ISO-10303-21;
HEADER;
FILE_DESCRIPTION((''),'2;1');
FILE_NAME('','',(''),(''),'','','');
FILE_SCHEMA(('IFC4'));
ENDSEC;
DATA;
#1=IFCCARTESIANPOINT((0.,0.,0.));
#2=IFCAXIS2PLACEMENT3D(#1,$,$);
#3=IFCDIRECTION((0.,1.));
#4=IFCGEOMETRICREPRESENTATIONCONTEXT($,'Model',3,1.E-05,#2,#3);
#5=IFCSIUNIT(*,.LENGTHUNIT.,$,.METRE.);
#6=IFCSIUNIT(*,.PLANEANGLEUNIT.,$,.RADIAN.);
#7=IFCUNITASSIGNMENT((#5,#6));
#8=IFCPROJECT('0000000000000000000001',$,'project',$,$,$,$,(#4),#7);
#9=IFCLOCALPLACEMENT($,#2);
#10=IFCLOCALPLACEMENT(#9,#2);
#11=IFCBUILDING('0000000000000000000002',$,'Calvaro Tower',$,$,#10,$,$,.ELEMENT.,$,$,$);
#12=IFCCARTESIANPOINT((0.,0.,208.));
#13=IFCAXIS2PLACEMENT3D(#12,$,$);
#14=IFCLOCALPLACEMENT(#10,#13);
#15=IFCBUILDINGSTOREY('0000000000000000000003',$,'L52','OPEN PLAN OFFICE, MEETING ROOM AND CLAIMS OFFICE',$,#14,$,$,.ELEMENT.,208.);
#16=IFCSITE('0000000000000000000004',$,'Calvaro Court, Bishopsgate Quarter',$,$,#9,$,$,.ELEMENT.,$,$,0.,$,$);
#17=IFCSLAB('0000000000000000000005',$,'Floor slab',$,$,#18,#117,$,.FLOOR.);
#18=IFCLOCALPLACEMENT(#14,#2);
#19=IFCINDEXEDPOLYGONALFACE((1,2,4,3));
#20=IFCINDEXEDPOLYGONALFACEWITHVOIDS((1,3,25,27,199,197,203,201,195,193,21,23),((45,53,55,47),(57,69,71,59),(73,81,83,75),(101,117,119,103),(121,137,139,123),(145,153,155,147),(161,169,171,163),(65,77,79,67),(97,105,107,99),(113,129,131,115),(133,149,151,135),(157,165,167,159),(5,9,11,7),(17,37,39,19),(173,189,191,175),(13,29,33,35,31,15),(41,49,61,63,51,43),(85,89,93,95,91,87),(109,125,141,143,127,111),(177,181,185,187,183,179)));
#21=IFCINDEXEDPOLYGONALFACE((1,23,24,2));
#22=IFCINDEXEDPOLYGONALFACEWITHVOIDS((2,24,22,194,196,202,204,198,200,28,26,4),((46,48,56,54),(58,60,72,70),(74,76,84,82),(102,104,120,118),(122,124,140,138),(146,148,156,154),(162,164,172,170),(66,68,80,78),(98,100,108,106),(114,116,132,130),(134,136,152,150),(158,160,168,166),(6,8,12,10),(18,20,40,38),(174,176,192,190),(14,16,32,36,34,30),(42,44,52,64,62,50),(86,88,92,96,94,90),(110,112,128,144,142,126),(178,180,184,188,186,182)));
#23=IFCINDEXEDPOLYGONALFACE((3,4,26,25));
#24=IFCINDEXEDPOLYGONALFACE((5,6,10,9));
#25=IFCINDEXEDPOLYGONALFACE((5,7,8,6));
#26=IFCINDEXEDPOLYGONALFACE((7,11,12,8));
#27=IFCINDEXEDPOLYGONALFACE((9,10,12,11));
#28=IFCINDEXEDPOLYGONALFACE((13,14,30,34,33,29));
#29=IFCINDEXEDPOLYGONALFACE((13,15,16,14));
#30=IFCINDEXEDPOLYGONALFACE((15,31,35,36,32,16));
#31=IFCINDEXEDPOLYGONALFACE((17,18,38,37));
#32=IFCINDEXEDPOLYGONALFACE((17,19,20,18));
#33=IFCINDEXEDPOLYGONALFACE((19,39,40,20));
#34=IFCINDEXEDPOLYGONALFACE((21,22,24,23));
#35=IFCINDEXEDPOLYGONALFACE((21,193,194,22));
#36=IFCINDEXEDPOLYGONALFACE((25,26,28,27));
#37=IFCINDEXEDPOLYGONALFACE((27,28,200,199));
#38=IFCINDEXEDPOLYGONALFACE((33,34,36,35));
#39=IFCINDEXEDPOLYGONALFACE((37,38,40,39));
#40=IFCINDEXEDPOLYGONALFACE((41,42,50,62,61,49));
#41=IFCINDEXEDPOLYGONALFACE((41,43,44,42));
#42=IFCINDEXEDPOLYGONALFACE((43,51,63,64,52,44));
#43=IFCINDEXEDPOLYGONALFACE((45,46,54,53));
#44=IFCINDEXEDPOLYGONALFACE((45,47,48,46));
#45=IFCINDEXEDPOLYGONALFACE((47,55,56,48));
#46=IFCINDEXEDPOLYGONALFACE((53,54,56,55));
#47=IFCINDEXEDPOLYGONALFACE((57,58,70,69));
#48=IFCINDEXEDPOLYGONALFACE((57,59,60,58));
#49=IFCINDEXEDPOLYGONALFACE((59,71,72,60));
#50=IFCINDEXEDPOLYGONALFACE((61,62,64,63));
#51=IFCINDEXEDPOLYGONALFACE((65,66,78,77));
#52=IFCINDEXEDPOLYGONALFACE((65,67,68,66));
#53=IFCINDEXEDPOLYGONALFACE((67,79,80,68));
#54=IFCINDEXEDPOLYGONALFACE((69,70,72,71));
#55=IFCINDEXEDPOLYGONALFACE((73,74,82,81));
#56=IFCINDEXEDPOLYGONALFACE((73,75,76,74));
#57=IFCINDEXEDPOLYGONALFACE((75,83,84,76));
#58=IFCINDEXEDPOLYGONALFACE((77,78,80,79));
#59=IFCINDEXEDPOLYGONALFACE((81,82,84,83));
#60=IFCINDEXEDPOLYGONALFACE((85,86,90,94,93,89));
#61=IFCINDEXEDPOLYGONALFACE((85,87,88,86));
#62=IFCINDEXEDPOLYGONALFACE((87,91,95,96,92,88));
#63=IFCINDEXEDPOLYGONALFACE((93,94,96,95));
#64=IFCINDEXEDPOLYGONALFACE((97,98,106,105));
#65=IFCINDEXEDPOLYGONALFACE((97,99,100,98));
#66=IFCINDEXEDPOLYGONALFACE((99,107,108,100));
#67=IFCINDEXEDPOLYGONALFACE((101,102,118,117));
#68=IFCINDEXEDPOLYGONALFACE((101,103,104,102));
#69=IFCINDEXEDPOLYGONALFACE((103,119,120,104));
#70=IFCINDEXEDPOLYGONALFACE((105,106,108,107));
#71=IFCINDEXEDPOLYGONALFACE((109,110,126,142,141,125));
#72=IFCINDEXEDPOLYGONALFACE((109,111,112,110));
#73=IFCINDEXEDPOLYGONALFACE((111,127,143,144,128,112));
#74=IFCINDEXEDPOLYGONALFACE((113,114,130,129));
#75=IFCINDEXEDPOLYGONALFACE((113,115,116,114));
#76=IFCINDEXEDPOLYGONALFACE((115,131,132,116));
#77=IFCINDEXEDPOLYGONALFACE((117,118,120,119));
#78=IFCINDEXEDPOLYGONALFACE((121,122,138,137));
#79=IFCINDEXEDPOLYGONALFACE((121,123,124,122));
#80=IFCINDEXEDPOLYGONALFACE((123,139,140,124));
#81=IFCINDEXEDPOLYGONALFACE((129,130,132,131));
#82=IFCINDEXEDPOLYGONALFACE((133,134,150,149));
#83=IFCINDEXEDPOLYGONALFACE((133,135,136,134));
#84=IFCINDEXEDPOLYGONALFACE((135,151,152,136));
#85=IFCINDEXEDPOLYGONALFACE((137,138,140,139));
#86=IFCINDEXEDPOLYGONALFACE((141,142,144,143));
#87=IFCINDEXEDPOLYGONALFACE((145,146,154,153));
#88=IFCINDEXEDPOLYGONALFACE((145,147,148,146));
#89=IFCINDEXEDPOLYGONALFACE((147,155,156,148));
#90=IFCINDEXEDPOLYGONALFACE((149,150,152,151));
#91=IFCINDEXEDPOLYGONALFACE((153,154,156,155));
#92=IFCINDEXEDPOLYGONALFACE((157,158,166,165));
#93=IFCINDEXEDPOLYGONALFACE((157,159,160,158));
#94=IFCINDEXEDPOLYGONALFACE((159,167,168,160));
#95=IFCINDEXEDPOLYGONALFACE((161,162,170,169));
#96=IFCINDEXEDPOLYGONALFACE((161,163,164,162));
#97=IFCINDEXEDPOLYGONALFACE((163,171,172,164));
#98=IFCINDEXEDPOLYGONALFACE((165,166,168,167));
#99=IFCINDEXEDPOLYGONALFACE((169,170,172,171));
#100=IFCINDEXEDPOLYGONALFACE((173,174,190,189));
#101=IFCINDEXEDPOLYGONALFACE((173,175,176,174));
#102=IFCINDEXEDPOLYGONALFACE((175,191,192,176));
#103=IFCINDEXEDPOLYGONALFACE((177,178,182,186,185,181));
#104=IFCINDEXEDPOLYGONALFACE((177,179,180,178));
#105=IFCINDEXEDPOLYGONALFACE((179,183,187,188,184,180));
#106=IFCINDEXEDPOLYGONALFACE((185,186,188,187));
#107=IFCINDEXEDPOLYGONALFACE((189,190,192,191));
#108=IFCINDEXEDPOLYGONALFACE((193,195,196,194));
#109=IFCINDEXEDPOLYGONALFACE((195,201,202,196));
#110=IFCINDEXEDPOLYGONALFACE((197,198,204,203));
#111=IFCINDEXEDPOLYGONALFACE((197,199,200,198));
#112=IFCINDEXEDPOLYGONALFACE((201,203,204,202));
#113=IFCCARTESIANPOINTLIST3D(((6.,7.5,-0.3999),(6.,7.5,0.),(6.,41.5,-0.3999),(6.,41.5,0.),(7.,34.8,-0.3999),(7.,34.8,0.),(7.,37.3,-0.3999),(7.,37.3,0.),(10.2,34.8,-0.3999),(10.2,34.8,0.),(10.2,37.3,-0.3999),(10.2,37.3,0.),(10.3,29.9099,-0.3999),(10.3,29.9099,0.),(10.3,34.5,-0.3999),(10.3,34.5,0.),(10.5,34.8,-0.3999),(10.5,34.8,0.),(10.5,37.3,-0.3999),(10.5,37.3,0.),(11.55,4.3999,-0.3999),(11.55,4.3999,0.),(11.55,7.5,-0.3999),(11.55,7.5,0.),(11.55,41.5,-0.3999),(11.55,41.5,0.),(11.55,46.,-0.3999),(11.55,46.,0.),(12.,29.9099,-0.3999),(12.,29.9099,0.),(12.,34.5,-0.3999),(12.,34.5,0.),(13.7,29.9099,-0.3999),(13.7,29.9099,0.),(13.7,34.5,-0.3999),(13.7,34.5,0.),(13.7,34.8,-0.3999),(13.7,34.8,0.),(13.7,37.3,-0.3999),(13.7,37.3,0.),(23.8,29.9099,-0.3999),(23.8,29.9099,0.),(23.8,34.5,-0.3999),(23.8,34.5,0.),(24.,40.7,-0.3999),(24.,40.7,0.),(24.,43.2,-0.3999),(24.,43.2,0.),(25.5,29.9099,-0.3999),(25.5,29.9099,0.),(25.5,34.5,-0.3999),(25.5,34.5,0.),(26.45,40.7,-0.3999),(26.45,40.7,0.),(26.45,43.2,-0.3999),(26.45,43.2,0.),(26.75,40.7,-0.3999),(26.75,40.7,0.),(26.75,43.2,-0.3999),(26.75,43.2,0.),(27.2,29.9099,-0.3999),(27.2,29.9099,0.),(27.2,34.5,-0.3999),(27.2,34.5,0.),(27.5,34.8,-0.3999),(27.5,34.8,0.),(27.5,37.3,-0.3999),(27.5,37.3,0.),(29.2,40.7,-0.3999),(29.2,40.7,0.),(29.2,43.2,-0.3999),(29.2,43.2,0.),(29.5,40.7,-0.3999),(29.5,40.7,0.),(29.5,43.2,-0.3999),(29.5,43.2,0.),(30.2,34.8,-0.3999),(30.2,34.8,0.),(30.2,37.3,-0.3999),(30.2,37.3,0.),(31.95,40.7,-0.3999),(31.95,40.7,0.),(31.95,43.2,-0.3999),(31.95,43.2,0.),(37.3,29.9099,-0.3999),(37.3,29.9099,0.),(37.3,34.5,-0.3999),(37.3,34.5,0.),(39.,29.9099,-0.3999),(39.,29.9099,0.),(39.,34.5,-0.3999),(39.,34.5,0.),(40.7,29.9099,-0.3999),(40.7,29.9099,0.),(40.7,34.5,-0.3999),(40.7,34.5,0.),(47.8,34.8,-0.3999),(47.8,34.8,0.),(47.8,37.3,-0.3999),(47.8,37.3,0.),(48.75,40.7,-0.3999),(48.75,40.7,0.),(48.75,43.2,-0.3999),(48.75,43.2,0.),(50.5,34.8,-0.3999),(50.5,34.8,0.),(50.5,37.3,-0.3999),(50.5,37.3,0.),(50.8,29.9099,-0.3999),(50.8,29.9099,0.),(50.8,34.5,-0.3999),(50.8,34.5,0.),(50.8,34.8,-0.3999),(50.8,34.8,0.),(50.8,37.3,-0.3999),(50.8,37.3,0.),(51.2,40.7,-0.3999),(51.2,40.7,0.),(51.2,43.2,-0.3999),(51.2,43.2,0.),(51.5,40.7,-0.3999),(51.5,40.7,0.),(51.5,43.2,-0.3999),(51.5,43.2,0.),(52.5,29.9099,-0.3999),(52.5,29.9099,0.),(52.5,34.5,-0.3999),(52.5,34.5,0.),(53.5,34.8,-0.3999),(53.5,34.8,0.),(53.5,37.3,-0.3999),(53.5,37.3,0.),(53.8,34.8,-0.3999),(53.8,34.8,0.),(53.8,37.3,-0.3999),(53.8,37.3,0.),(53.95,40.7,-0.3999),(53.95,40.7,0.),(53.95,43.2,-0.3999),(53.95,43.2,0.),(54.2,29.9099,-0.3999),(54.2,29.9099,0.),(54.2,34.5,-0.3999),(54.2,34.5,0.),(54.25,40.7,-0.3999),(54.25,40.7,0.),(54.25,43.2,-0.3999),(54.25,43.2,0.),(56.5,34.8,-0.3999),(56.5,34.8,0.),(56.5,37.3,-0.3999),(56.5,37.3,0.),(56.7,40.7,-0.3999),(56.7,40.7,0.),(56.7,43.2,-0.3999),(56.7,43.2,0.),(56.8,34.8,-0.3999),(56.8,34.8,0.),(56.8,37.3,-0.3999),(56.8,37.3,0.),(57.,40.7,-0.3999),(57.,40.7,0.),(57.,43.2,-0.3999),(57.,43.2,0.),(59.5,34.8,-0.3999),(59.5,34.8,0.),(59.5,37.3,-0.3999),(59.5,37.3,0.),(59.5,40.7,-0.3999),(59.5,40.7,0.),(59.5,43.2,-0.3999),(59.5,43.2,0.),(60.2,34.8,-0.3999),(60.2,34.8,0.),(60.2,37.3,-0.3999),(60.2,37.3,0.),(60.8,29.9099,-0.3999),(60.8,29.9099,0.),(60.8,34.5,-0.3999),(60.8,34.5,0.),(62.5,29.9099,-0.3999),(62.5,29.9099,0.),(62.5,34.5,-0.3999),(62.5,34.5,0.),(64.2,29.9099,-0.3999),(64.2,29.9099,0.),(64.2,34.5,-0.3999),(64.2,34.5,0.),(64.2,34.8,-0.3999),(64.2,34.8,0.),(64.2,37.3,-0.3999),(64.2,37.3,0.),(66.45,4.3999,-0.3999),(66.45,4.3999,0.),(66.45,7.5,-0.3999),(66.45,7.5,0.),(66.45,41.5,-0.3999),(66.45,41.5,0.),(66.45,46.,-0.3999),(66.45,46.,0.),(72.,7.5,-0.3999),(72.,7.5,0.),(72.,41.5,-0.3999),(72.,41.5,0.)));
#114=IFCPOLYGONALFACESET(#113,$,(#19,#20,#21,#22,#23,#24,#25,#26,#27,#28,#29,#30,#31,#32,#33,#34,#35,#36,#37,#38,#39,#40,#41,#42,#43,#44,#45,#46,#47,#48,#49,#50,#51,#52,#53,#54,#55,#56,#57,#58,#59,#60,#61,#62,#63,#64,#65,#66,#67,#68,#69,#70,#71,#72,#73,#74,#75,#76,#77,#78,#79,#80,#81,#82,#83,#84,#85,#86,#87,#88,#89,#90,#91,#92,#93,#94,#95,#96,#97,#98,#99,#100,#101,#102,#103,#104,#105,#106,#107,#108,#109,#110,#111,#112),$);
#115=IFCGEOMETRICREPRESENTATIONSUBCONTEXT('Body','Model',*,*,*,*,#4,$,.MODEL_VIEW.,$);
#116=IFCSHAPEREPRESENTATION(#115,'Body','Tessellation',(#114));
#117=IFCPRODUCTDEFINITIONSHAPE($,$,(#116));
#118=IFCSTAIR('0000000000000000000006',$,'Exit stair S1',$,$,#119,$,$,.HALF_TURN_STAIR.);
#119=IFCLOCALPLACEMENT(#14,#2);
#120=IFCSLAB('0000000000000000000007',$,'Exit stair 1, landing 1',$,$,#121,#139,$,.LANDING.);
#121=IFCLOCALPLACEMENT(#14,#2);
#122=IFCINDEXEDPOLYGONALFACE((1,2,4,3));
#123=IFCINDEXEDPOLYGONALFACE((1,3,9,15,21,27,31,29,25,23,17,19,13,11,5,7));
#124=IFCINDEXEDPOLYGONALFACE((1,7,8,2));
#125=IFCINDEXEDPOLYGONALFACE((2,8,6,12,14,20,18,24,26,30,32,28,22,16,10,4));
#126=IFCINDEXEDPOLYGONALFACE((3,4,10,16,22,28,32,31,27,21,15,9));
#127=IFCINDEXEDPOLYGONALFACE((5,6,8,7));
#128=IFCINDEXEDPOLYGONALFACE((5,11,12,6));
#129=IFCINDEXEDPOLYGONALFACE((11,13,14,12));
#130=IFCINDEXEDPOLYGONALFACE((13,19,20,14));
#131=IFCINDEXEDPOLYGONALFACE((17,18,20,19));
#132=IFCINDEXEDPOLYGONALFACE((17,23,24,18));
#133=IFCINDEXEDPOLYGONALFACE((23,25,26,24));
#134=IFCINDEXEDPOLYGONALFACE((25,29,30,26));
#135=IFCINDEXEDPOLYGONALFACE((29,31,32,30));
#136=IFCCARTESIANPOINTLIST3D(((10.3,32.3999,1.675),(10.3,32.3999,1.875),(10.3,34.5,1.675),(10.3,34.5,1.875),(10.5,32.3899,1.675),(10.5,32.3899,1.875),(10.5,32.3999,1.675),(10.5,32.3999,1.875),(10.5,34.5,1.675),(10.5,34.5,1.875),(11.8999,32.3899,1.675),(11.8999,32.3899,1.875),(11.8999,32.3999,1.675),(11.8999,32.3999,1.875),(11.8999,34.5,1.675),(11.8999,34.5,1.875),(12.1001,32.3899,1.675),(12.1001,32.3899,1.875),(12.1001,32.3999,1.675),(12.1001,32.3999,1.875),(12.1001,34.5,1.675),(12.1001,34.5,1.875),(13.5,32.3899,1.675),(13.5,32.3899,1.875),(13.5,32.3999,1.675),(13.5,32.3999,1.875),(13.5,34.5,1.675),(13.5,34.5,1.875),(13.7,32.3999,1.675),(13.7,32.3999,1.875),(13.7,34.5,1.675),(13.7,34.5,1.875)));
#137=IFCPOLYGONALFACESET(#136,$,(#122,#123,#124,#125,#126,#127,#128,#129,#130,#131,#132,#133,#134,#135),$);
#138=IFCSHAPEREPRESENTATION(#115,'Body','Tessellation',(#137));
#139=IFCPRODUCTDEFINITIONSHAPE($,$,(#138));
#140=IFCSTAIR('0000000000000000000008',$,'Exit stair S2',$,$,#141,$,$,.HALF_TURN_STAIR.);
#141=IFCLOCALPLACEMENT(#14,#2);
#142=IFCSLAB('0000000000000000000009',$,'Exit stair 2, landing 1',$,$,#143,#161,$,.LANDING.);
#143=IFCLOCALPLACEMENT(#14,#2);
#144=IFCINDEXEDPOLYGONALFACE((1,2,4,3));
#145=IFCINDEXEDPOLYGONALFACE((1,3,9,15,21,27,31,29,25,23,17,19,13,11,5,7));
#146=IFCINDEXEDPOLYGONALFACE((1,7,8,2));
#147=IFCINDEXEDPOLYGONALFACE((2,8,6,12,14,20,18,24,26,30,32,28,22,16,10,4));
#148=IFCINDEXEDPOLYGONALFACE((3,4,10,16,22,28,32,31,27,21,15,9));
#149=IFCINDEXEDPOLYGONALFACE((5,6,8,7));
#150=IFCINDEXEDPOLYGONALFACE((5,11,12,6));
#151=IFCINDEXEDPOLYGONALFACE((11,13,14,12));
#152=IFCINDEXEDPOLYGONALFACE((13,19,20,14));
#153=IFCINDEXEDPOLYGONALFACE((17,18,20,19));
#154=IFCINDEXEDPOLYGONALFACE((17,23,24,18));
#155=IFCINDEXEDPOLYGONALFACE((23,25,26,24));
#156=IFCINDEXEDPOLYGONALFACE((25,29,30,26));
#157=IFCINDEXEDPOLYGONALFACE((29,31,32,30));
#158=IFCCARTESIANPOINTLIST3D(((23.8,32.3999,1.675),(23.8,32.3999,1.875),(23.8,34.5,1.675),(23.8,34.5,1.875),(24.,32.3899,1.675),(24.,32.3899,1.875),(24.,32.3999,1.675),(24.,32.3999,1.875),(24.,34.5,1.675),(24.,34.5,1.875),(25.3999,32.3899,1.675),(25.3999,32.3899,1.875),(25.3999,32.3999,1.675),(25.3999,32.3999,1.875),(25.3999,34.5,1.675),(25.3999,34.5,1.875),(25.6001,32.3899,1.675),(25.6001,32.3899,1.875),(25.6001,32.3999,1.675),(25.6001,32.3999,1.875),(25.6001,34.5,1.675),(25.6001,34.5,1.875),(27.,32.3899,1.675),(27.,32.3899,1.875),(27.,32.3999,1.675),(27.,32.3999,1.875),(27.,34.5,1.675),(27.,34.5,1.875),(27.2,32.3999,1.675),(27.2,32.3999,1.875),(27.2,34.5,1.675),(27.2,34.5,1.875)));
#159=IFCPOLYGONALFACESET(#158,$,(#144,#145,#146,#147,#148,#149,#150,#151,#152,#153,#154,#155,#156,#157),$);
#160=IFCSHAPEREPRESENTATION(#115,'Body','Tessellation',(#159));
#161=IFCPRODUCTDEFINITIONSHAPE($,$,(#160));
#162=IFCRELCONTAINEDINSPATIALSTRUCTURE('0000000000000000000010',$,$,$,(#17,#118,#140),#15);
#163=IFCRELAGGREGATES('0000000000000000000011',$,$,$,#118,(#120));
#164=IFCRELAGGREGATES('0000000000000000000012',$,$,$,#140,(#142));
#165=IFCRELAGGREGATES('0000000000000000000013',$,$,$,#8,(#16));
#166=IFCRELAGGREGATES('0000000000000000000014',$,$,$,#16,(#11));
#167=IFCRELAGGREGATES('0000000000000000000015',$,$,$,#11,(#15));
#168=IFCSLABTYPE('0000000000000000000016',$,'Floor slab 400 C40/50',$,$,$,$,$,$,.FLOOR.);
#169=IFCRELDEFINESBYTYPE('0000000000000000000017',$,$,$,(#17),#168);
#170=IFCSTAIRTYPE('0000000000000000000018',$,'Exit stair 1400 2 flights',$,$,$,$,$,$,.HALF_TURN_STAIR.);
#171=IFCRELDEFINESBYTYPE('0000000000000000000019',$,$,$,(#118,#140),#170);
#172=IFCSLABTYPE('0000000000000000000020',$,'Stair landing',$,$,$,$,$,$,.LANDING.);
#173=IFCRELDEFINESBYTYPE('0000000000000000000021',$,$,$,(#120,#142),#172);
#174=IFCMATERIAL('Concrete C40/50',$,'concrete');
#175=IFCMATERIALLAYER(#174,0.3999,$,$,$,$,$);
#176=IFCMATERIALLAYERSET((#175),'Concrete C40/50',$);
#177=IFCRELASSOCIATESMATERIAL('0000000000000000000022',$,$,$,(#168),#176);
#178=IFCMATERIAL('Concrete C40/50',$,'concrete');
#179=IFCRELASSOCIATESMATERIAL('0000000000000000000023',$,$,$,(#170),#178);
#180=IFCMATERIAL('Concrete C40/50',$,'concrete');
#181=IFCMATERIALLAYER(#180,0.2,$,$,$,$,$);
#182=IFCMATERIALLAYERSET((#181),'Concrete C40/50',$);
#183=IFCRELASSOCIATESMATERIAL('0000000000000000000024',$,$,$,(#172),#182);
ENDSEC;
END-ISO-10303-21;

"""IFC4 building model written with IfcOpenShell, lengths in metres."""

from ifc_helpers import new_model, si_unit, direction, frame, origin, place, context, subcontext, project, spatial, polyline, outline, extrude, material, layer, layer_set, type_object, element, aggregate, save


model = new_model("IFC4")

# Units and contexts
model_context = context("Model", 3, precision=1e-05, world=origin(), true_north=direction((0.0, 1.0)))
body_context = subcontext(model_context, "Body", "Model", "MODEL_VIEW")
ifc_project = project(units=[si_unit("LENGTHUNIT", "METRE"), si_unit("PLANEANGLEUNIT", "RADIAN")], contexts=[model_context])

# Site, building, storey
site_placement = place(None, origin())
site = spatial("IfcSite", under=ifc_project, at=site_placement, Name="Calvaro Court, Bishopsgate Quarter", CompositionType="ELEMENT", RefElevation=0.0)
building_placement = place(site_placement, origin())
building = spatial("IfcBuilding", under=site, at=building_placement, Name="Calvaro Tower", CompositionType="ELEMENT")
storey_placement = place(building_placement, frame((0.0, 0.0, 208.0)))
storey = spatial("IfcBuildingStorey", under=building, at=storey_placement, Name="L52", Description="OPEN PLAN OFFICE, MEETING ROOM AND CLAIMS OFFICE", CompositionType="ELEMENT", Elevation=208.0)

# Slab
ifc_material_1 = material(Name="Concrete C40/50", Category="concrete")
ifc_layer_1 = layer(ifc_material_1, 0.3999)
ifc_layer_set_1 = layer_set([ifc_layer_1], Name="Concrete C40/50")
slab_type_1 = type_object("IfcSlabType", Name="Floor slab 400 C40/50", PredefinedType="FLOOR", material=ifc_layer_set_1)
slab_1_placement = place(storey_placement, frame((0.0, 0.0, -0.3999)))
element("IfcSlab", 1, at=slab_1_placement, inside=storey, type_object=slab_type_1, Name="Floor slab", PredefinedType="FLOOR", context=body_context, shape_type="SweptSolid", body=[
    extrude(outline(polyline([(66.45, 7.5), (66.45, 4.3999), (11.55, 4.3999), (11.55, 7.5), (6.0, 7.5), (6.0, 41.5), (11.55, 41.5), (11.55, 46.0), (66.45, 46.0), (66.45, 41.5), (72.0, 41.5), (72.0, 7.5), (66.45, 7.5)]), holes=[polyline([(10.3, 29.9099), (10.3, 34.5), (12.0, 34.5), (13.7, 34.5), (13.7, 29.9099), (12.0, 29.9099), (10.3, 29.9099)]), polyline([(23.8, 29.9099), (23.8, 34.5), (25.5, 34.5), (27.2, 34.5), (27.2, 29.9099), (25.5, 29.9099), (23.8, 29.9099)]), polyline([(37.3, 29.9099), (37.3, 34.5), (39.0, 34.5), (40.7, 34.5), (40.7, 29.9099), (39.0, 29.9099), (37.3, 29.9099)]), polyline([(50.8, 29.9099), (50.8, 34.5), (52.5, 34.5), (54.2, 34.5), (54.2, 29.9099), (52.5, 29.9099), (50.8, 29.9099)]), polyline([(60.8, 29.9099), (60.8, 34.5), (62.5, 34.5), (64.2, 34.5), (64.2, 29.9099), (62.5, 29.9099), (60.8, 29.9099)]), polyline([(50.8, 34.8), (53.5, 34.8), (53.5, 37.3), (50.8, 37.3), (50.8, 34.8)]), polyline([(53.8, 34.8), (56.5, 34.8), (56.5, 37.3), (53.8, 37.3), (53.8, 34.8)]), polyline([(56.8, 34.8), (59.5, 34.8), (59.5, 37.3), (56.8, 37.3), (56.8, 34.8)]), polyline([(24.0, 40.7), (26.45, 40.7), (26.45, 43.2), (24.0, 43.2), (24.0, 40.7)]), polyline([(26.75, 40.7), (29.2, 40.7), (29.2, 43.2), (26.75, 43.2), (26.75, 40.7)]), polyline([(29.5, 40.7), (31.95, 40.7), (31.95, 43.2), (29.5, 43.2), (29.5, 40.7)]), polyline([(48.75, 40.7), (51.2, 40.7), (51.2, 43.2), (48.75, 43.2), (48.75, 40.7)]), polyline([(51.5, 40.7), (53.95, 40.7), (53.95, 43.2), (51.5, 43.2), (51.5, 40.7)]), polyline([(54.25, 40.7), (56.7, 40.7), (56.7, 43.2), (54.25, 43.2), (54.25, 40.7)]), polyline([(57.0, 40.7), (59.5, 40.7), (59.5, 43.2), (57.0, 43.2), (57.0, 40.7)]), polyline([(7.0, 34.8), (10.2, 34.8), (10.2, 37.3), (7.0, 37.3), (7.0, 34.8)]), polyline([(10.5, 34.8), (13.7, 34.8), (13.7, 37.3), (10.5, 37.3), (10.5, 34.8)]), polyline([(60.2, 34.8), (64.2, 34.8), (64.2, 37.3), (60.2, 37.3), (60.2, 34.8)]), polyline([(27.5, 34.8), (30.2, 34.8), (30.2, 37.3), (27.5, 37.3), (27.5, 34.8)]), polyline([(47.8, 34.8), (50.5, 34.8), (50.5, 37.3), (47.8, 37.3), (47.8, 34.8)])]), origin(), (0.0, 0.0, 1.0), 0.3999),
])

# Stairs, slabs
ifc_material_2 = material(Name="Concrete C40/50", Category="concrete")
stair_type = type_object("IfcStairType", Name="Exit stair 1400 2 flights", PredefinedType="HALF_TURN_STAIR", material=ifc_material_2)
stair_1_placement = place(storey_placement, origin())
stair_1 = element("IfcStair", 2, at=stair_1_placement, inside=storey, type_object=stair_type, Name="Exit stair S1", PredefinedType="HALF_TURN_STAIR")
ifc_material_3 = material(Name="Concrete C40/50", Category="concrete")
ifc_layer_2 = layer(ifc_material_3, 0.2)
ifc_layer_set_2 = layer_set([ifc_layer_2], Name="Concrete C40/50")
slab_type_2 = type_object("IfcSlabType", Name="Stair landing", PredefinedType="LANDING", material=ifc_layer_set_2)
slab_2_placement = place(storey_placement, frame((0.0, 0.0, 1.675)))
slab_2 = element("IfcSlab", 3, at=slab_2_placement, type_object=slab_type_2, Name="Exit stair 1, landing 1", PredefinedType="LANDING", context=body_context, shape_type="SweptSolid", body=[
    extrude(outline(polyline([(11.8999, 32.3899), (10.5, 32.3899), (10.5, 32.3999), (10.3, 32.3999), (10.3, 34.5), (10.5, 34.5), (11.8999, 34.5), (12.1001, 34.5), (13.5, 34.5), (13.7, 34.5), (13.7, 32.3999), (13.5, 32.3999), (13.5, 32.3899), (12.1001, 32.3899), (12.1001, 32.3999), (11.8999, 32.3999), (11.8999, 32.3899)])), origin(), (0.0, 0.0, 1.0), 0.2),
])
aggregate(stair_1, [slab_2])
stair_2_placement = place(storey_placement, origin())
stair_2 = element("IfcStair", 4, at=stair_2_placement, inside=storey, type_object=stair_type, Name="Exit stair S2", PredefinedType="HALF_TURN_STAIR")
slab_3_placement = place(storey_placement, frame((0.0, 0.0, 1.675)))
slab_3 = element("IfcSlab", 5, at=slab_3_placement, type_object=slab_type_2, Name="Exit stair 2, landing 1", PredefinedType="LANDING", context=body_context, shape_type="SweptSolid", body=[
    extrude(outline(polyline([(25.3999, 32.3899), (24.0, 32.3899), (24.0, 32.3999), (23.8, 32.3999), (23.8, 34.5), (24.0, 34.5), (25.3999, 34.5), (25.6001, 34.5), (27.0, 34.5), (27.2, 34.5), (27.2, 32.3999), (27.0, 32.3999), (27.0, 32.3899), (25.6001, 32.3899), (25.6001, 32.3999), (25.3999, 32.3999), (25.3999, 32.3899)])), origin(), (0.0, 0.0, 1.0), 0.2),
])
aggregate(stair_2, [slab_3])

save(model, "model.ifc")
